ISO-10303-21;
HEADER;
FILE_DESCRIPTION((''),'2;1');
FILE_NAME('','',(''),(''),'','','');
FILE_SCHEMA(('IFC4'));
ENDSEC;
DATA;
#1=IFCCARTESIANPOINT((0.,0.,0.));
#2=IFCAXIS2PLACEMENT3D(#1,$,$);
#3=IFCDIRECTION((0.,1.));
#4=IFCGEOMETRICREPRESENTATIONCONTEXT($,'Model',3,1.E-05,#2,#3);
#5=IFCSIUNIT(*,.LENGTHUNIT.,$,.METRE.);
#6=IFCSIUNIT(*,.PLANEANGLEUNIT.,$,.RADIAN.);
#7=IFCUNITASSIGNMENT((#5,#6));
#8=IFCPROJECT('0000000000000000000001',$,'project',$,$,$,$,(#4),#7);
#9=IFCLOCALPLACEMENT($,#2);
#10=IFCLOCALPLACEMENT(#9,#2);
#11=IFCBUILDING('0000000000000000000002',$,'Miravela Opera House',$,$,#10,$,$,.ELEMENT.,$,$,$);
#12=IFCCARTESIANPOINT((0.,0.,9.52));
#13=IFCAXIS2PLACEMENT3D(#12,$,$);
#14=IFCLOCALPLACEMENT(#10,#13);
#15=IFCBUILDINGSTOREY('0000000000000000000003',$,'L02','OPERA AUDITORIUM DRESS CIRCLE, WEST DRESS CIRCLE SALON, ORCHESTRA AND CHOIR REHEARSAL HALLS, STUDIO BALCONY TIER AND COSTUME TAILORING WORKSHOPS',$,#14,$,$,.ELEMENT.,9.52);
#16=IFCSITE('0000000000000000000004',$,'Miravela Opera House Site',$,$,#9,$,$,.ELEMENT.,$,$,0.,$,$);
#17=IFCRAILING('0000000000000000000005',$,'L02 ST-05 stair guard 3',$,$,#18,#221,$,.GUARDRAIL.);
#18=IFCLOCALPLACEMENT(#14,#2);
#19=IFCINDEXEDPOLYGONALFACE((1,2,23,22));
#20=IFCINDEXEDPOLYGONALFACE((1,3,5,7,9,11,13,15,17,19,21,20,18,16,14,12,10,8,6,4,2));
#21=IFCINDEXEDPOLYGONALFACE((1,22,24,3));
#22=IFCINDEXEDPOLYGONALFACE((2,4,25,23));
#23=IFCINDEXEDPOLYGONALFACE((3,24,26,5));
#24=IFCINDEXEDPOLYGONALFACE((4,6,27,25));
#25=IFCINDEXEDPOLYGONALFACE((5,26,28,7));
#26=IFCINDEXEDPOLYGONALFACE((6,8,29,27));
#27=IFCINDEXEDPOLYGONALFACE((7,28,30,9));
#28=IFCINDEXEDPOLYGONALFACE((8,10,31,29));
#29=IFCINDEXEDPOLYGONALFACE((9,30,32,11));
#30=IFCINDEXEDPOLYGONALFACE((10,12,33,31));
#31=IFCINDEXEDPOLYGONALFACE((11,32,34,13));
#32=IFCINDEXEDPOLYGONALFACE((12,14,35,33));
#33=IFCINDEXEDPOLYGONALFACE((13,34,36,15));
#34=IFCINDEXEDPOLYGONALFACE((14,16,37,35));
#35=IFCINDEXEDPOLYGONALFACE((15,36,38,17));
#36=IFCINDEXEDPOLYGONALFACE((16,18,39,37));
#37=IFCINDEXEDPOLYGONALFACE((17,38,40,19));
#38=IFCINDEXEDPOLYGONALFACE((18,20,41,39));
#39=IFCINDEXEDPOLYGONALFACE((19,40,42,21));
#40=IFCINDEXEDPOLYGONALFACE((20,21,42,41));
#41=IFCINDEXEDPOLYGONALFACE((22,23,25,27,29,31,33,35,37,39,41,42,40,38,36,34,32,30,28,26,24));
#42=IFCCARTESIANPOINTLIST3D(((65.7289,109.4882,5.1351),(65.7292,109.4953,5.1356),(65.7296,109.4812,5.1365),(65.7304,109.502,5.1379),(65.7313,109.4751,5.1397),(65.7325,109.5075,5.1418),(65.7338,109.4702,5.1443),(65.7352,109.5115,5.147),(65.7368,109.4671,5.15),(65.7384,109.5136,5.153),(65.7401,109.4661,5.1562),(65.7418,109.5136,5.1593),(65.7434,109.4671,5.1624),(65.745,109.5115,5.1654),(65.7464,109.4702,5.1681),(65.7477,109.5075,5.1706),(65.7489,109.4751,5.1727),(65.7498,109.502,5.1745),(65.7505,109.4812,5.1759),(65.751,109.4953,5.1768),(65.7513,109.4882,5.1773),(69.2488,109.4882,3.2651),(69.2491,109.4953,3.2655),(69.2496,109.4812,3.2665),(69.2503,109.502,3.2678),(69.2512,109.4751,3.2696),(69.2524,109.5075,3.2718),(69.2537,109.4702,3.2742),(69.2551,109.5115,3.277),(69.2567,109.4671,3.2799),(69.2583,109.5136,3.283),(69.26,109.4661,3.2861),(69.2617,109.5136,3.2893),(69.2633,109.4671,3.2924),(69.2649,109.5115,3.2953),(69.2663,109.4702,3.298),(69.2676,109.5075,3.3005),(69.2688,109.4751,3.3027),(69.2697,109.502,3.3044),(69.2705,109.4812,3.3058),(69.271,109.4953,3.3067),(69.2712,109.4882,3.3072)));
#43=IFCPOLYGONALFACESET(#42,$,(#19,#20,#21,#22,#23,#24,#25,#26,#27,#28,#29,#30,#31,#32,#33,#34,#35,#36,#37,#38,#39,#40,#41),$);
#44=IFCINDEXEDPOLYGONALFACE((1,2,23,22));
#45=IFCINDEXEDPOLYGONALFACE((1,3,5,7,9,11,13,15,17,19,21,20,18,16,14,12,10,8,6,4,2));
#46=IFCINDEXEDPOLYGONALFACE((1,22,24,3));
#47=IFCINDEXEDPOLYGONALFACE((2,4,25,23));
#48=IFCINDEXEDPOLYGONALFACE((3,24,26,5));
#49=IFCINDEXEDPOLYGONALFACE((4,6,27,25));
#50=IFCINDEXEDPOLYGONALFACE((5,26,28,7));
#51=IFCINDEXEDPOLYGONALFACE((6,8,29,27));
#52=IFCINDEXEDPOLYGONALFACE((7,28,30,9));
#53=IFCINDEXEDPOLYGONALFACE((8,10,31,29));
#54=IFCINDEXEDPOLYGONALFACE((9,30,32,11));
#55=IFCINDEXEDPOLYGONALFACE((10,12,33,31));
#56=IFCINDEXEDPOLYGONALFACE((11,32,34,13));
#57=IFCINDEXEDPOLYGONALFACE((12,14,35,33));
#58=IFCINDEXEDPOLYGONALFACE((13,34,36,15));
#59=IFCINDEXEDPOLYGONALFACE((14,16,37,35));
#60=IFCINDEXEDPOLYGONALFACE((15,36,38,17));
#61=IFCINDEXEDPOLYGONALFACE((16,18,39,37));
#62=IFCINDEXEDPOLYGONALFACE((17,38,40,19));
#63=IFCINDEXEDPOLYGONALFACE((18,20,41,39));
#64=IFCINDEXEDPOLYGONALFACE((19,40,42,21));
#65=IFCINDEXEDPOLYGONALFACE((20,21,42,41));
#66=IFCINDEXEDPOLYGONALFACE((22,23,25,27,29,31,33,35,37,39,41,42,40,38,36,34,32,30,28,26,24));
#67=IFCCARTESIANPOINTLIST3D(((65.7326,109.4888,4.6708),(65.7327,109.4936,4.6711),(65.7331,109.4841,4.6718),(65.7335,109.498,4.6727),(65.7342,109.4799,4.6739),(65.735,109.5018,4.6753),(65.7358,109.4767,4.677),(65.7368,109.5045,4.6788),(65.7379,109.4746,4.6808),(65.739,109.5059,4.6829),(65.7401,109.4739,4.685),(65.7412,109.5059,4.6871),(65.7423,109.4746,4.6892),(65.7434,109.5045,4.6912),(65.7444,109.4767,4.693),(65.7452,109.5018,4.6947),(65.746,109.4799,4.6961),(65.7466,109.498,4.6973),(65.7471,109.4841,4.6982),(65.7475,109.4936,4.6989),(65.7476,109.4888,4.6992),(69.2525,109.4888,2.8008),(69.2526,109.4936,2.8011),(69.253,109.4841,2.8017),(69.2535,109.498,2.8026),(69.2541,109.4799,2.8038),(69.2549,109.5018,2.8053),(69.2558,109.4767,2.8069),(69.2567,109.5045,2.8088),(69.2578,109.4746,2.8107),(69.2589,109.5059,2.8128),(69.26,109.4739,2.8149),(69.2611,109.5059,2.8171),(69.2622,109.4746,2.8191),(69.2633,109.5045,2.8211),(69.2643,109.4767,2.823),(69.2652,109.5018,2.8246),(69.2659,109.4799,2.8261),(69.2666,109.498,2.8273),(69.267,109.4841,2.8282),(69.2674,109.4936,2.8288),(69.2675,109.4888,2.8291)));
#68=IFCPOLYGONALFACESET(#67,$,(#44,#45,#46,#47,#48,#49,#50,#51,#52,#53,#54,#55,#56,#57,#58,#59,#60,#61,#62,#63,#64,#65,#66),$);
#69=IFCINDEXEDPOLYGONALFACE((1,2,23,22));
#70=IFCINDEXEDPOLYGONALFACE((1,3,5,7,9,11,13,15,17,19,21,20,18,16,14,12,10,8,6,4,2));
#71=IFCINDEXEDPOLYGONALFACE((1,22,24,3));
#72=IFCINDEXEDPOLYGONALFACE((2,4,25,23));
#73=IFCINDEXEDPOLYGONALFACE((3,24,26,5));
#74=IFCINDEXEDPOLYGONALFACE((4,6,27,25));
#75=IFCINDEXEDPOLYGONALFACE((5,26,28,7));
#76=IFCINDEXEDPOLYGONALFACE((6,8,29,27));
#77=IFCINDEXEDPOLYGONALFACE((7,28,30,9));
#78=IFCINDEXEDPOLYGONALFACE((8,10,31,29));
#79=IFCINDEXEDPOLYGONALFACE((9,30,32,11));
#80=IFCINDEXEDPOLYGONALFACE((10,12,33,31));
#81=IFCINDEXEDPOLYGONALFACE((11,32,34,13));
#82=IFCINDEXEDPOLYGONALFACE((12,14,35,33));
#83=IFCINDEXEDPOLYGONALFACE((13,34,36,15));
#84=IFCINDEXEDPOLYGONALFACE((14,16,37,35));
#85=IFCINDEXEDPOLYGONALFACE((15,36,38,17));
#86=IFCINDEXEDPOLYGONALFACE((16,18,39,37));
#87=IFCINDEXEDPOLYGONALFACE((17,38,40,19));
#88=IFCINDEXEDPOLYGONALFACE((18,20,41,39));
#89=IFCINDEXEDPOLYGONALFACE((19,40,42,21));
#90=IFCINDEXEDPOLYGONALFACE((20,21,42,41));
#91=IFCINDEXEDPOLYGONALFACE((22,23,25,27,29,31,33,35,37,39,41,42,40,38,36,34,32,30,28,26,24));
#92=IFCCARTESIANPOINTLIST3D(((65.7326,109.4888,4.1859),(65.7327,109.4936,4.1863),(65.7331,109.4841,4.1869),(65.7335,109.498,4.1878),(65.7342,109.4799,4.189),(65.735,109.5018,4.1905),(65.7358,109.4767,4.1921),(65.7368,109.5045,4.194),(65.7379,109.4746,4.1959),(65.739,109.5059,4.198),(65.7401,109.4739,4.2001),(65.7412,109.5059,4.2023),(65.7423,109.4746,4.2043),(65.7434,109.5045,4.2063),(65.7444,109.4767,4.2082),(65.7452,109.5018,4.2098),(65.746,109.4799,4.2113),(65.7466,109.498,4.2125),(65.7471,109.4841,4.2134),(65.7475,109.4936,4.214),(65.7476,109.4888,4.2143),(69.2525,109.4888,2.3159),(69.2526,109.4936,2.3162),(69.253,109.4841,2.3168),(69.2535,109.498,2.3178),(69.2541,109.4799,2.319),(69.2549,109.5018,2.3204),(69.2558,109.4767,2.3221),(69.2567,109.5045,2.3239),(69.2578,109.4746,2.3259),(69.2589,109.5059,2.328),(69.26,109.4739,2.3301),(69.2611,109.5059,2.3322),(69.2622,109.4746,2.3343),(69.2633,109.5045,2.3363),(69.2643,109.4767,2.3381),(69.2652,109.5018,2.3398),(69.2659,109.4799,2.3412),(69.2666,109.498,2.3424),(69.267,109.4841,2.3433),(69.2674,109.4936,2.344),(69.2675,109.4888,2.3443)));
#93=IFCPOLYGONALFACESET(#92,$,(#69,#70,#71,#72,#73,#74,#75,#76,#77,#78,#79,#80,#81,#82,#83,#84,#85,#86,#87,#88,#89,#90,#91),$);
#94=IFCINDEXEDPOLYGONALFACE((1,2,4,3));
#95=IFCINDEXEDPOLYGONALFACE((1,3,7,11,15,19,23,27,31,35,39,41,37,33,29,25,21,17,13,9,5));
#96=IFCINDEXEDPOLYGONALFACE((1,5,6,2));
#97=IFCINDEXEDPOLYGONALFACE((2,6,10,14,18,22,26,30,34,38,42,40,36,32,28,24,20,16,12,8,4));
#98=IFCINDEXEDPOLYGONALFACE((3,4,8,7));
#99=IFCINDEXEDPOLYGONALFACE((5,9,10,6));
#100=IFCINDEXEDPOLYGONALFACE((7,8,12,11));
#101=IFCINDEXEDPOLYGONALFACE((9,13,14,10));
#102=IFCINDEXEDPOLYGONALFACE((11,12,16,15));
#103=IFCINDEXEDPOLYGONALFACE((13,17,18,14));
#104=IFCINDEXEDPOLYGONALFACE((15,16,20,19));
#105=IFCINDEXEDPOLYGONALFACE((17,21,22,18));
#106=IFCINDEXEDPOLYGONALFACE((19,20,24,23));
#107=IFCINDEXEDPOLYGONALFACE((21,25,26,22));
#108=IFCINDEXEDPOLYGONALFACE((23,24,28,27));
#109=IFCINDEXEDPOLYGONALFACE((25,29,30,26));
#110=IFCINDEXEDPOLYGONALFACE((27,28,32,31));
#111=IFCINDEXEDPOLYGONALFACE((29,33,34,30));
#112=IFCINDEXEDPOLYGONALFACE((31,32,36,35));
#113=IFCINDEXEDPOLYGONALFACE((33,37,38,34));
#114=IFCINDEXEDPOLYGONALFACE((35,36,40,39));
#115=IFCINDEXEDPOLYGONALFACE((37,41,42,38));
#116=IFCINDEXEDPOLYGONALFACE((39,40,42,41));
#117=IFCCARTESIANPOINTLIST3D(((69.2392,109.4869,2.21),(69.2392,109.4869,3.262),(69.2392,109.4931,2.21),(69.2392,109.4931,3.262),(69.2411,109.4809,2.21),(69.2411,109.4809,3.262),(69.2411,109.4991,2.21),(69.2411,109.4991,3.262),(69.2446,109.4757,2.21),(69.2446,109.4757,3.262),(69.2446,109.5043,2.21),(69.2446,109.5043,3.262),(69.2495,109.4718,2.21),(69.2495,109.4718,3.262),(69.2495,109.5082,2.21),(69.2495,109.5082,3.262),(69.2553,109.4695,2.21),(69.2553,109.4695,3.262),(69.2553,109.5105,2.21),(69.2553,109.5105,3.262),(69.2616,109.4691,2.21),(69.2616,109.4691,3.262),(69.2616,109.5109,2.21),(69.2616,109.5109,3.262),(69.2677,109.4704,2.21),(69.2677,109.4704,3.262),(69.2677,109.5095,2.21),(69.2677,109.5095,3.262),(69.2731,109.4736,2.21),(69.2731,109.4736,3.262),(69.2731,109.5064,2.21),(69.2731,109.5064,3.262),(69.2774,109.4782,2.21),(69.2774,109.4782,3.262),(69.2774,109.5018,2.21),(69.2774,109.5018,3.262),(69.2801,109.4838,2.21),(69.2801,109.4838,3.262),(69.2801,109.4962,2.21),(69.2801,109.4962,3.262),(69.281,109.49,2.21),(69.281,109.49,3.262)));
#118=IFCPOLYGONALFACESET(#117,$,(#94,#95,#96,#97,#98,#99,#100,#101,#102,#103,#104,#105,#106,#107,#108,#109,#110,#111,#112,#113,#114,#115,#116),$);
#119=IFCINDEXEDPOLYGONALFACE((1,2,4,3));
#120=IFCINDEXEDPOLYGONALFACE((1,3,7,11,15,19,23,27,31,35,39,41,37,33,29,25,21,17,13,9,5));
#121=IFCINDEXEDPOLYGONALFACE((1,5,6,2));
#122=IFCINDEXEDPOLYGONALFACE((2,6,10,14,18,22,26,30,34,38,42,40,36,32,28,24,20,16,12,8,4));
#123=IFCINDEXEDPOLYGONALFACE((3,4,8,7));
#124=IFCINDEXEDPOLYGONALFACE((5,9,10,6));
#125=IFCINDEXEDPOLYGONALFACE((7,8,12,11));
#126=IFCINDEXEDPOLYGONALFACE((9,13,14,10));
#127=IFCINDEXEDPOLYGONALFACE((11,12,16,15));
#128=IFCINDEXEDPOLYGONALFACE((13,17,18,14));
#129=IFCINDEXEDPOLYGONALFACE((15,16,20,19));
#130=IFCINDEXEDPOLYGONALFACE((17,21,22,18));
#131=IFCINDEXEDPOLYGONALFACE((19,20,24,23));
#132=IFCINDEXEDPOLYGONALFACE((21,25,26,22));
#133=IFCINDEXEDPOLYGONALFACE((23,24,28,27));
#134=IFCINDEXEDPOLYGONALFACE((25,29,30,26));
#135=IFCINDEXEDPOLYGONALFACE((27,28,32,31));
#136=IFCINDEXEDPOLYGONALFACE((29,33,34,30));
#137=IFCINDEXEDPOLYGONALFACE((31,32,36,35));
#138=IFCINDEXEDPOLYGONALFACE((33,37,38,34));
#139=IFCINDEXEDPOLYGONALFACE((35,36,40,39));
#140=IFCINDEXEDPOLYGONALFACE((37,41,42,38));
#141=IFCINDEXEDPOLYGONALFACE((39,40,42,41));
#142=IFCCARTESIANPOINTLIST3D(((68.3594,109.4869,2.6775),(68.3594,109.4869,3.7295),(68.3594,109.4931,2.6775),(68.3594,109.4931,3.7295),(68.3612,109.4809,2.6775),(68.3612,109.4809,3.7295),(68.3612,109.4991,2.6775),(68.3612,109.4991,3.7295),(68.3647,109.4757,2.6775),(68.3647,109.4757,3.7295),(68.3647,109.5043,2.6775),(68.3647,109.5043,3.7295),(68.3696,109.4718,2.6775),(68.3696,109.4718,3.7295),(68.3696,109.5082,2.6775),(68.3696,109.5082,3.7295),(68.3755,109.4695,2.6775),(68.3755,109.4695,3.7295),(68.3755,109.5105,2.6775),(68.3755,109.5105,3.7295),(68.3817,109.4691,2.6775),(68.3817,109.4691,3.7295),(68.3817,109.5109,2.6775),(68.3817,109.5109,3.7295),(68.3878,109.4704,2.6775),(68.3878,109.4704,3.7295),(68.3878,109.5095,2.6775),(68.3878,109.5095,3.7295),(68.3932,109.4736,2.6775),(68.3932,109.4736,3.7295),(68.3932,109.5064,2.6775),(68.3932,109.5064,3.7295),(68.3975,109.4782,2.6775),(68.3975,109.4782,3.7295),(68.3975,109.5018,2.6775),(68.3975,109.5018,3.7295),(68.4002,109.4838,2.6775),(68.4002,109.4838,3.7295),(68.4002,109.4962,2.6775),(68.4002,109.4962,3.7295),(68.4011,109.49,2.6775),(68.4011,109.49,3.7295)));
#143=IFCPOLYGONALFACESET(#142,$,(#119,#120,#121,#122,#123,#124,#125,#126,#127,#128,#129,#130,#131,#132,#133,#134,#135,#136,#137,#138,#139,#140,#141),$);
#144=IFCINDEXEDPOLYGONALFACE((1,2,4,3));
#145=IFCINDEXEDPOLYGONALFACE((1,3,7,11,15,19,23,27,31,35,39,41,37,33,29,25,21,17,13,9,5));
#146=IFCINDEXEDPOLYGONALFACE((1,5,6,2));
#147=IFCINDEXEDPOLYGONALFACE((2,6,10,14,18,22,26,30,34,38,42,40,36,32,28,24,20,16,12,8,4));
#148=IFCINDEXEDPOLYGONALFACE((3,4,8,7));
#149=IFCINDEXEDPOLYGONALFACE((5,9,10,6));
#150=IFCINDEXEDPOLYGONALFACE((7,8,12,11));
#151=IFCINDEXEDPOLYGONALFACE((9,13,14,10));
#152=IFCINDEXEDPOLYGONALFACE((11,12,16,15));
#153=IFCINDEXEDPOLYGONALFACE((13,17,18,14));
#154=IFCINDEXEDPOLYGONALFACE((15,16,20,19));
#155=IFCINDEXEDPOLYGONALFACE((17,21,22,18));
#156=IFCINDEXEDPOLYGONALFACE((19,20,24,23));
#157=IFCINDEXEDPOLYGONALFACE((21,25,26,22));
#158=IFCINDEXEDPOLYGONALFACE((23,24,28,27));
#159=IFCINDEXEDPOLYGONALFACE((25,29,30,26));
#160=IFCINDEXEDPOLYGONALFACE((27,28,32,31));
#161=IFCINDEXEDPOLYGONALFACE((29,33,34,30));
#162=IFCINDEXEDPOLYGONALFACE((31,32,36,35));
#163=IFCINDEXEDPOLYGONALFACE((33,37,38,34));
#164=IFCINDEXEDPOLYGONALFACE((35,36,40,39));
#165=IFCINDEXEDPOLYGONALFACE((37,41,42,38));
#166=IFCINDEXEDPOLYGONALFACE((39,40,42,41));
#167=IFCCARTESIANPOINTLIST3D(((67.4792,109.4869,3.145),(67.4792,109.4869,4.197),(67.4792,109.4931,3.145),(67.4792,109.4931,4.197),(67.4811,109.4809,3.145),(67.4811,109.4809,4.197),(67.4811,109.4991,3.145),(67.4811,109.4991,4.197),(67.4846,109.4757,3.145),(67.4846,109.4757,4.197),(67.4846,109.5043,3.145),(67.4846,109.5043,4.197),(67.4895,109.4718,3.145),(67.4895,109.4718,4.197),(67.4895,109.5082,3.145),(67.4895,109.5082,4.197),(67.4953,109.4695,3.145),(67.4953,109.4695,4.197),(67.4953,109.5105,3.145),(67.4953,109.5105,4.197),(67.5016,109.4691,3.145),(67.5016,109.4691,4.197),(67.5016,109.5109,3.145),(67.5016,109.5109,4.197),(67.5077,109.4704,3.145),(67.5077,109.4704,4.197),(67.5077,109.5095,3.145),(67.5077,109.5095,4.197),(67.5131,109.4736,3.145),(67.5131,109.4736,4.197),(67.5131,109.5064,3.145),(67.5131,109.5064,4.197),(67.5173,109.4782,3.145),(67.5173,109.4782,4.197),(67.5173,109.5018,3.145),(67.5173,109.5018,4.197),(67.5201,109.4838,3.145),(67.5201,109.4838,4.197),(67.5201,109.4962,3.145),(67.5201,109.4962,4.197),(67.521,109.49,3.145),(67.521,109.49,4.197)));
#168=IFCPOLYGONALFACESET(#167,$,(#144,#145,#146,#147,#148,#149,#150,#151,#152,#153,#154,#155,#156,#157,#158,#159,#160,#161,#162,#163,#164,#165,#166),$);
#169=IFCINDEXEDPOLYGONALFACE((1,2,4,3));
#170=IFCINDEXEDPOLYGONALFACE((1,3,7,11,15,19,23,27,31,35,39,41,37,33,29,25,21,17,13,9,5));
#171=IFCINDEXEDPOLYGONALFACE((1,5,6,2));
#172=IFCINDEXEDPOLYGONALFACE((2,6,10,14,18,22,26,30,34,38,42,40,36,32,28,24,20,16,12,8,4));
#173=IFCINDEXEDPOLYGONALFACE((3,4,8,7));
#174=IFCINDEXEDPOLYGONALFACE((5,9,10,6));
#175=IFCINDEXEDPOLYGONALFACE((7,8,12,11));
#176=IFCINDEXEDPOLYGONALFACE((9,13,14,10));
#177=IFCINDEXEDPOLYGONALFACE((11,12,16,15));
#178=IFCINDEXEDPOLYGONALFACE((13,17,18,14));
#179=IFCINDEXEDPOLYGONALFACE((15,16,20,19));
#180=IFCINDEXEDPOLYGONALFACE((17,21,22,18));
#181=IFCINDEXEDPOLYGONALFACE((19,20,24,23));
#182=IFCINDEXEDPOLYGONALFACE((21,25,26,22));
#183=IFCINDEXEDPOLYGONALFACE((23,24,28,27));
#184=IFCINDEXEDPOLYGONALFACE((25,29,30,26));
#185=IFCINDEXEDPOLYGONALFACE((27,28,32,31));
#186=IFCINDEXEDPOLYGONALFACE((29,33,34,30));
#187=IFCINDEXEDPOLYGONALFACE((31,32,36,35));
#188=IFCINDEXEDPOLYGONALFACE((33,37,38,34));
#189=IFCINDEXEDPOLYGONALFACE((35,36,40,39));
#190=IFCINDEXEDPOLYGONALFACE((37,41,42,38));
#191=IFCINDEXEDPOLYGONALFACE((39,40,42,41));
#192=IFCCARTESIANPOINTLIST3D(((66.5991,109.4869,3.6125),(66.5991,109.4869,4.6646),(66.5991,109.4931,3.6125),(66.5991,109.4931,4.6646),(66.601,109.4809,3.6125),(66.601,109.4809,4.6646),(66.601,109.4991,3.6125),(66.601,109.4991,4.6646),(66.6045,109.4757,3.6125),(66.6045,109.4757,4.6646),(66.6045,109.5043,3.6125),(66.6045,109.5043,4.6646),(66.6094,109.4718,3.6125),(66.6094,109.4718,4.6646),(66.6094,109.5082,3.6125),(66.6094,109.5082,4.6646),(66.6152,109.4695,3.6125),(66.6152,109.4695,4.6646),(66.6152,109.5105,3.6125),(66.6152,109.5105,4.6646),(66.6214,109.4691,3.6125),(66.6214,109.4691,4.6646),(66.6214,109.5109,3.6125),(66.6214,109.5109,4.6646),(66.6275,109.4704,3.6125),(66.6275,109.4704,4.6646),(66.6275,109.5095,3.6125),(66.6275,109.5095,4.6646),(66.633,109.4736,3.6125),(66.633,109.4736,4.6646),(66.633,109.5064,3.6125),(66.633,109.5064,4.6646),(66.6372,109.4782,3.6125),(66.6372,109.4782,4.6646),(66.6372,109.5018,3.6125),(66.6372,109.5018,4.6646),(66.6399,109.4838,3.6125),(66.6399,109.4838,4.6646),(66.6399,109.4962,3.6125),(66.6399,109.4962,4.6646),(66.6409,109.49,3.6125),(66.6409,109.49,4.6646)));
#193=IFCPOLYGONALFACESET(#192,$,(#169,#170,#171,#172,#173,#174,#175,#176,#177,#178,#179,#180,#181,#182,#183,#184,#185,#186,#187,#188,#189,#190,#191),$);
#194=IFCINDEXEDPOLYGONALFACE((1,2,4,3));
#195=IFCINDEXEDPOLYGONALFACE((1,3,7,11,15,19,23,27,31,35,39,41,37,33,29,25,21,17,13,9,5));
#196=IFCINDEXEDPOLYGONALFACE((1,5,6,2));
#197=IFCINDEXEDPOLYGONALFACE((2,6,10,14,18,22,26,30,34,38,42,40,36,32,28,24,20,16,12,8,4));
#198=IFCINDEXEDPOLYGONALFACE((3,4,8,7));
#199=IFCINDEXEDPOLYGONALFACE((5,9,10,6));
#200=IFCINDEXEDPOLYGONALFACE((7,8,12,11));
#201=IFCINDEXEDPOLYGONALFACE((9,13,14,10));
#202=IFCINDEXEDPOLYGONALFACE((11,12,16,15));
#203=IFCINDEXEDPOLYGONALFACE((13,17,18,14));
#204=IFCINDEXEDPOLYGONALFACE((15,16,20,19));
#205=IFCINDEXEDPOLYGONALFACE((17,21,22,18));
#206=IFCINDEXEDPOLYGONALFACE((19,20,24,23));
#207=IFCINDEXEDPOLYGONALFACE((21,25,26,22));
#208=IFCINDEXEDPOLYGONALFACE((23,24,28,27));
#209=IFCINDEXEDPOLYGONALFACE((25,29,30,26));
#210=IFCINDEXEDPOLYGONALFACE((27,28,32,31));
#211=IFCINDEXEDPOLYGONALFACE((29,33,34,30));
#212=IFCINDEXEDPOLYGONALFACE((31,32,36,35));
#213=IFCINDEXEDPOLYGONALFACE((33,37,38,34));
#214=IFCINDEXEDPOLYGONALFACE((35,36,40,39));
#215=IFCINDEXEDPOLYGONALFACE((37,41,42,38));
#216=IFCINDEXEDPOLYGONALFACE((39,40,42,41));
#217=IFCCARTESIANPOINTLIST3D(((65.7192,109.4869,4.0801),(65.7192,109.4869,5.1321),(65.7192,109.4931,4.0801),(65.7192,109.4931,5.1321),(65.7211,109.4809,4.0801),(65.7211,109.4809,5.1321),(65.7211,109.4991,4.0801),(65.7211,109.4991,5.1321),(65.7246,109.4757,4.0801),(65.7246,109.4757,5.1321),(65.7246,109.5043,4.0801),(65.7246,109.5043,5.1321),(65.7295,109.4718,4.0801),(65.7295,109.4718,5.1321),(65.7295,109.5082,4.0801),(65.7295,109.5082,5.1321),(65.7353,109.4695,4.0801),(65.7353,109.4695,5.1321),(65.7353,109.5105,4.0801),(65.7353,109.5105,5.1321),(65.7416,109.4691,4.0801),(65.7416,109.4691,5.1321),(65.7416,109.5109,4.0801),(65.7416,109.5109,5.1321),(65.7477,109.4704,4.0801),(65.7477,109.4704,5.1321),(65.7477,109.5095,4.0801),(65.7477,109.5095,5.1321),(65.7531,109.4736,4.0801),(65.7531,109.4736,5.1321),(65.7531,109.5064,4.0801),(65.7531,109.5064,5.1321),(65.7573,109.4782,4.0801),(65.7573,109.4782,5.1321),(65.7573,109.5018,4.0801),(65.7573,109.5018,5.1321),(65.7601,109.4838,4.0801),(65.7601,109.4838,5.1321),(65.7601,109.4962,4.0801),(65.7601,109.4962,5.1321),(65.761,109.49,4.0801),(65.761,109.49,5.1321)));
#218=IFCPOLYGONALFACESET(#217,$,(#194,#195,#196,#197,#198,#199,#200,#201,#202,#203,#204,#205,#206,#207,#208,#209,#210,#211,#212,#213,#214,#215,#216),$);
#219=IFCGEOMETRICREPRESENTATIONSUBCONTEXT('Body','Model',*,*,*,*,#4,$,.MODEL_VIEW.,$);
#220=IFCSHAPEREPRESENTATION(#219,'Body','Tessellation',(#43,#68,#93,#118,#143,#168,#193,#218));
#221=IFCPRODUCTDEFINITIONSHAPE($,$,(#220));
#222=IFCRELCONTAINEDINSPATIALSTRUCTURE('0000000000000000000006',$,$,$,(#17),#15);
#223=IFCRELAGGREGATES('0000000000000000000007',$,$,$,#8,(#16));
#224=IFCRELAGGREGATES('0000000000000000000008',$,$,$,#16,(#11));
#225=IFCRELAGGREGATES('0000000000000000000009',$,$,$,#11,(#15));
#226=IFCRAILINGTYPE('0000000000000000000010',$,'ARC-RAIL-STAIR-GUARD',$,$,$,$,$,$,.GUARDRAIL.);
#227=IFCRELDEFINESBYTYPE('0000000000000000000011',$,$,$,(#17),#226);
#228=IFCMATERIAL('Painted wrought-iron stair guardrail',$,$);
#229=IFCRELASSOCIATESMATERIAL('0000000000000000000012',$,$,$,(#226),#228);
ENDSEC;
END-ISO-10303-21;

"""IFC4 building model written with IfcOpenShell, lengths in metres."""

from ifc_helpers import new_model, si_unit, direction, frame, origin, origin_2d, place, context, subcontext, project, spatial, circle, extrude, material, type_object, element, save


model = new_model("IFC4")

# Units and contexts
model_context = context("Model", 3, precision=1e-05, world=origin(), true_north=direction((0.0, 1.0)))
body_context = subcontext(model_context, "Body", "Model", "MODEL_VIEW")
ifc_project = project(units=[si_unit("LENGTHUNIT", "METRE"), si_unit("PLANEANGLEUNIT", "RADIAN")], contexts=[model_context])

# Site, building, storey
site_placement = place(None, origin())
site = spatial("IfcSite", under=ifc_project, at=site_placement, Name="Miravela Opera House Site", CompositionType="ELEMENT", RefElevation=0.0)
building_placement = place(site_placement, origin())
building = spatial("IfcBuilding", under=site, at=building_placement, Name="Miravela Opera House", CompositionType="ELEMENT")
storey_placement = place(building_placement, frame((0.0, 0.0, 9.52)))
storey = spatial("IfcBuildingStorey", under=building, at=storey_placement, Name="L02", Description="OPERA AUDITORIUM DRESS CIRCLE, WEST DRESS CIRCLE SALON, ORCHESTRA AND CHOIR REHEARSAL HALLS, STUDIO BALCONY TIER AND COSTUME TAILORING WORKSHOPS", CompositionType="ELEMENT", Elevation=9.52)

# Railing
ifc_material_1 = material(Name="Painted wrought-iron stair guardrail")
railing_type_1 = type_object("IfcRailingType", Name="ARC-RAIL-STAIR-GUARD", PredefinedType="GUARDRAIL", material=ifc_material_1)
railing_1_placement = place(storey_placement, frame((69.26, 109.49, 2.21)))
element("IfcRailing", 1, at=railing_1_placement, inside=storey, type_object=railing_type_1, Name="L02 ST-05 stair guard 3", PredefinedType="GUARDRAIL", context=body_context, shape_type="SweptSolid", body=[
    extrude(circle(Radius=0.0239, at=origin_2d()), frame((0.0, 0.0, 1.0762), z_axis=(-0.883105, 0.0, 0.469176), x_axis=(0.0, -1.0, 0.0)), (0.0, 0.0, 1.0), 3.9858),
    extrude(circle(Radius=0.0161, at=origin_2d()), frame((0.0, 0.0, 0.605), z_axis=(-0.883105, 0.0, 0.469176), x_axis=(0.0, -1.0, 0.0)), (0.0, 0.0, 1.0), 3.9858),
    extrude(circle(Radius=0.0161, at=origin_2d()), frame((0.0, 0.0, 0.1201), z_axis=(-0.883105, 0.0, 0.469176), x_axis=(0.0, -1.0, 0.0)), (0.0, 0.0, 1.0), 3.9858),
    extrude(circle(Radius=0.021, at=origin_2d()), origin(), (0.0, 0.0, 1.0), 1.052),
    extrude(circle(Radius=0.021, at=origin_2d()), frame((-0.8799, 0.0, 0.4675)), (0.0, 0.0, 1.0), 1.052),
    extrude(circle(Radius=0.021, at=origin_2d()), frame((-1.76, 0.0, 0.9351)), (0.0, 0.0, 1.0), 1.052),
    extrude(circle(Radius=0.021, at=origin_2d()), frame((-2.6401, 0.0, 1.4026)), (0.0, 0.0, 1.0), 1.052),
    extrude(circle(Radius=0.021, at=origin_2d()), frame((-3.52, 0.0, 1.8701)), (0.0, 0.0, 1.0), 1.052),
])

save(model, "model.ifc")
